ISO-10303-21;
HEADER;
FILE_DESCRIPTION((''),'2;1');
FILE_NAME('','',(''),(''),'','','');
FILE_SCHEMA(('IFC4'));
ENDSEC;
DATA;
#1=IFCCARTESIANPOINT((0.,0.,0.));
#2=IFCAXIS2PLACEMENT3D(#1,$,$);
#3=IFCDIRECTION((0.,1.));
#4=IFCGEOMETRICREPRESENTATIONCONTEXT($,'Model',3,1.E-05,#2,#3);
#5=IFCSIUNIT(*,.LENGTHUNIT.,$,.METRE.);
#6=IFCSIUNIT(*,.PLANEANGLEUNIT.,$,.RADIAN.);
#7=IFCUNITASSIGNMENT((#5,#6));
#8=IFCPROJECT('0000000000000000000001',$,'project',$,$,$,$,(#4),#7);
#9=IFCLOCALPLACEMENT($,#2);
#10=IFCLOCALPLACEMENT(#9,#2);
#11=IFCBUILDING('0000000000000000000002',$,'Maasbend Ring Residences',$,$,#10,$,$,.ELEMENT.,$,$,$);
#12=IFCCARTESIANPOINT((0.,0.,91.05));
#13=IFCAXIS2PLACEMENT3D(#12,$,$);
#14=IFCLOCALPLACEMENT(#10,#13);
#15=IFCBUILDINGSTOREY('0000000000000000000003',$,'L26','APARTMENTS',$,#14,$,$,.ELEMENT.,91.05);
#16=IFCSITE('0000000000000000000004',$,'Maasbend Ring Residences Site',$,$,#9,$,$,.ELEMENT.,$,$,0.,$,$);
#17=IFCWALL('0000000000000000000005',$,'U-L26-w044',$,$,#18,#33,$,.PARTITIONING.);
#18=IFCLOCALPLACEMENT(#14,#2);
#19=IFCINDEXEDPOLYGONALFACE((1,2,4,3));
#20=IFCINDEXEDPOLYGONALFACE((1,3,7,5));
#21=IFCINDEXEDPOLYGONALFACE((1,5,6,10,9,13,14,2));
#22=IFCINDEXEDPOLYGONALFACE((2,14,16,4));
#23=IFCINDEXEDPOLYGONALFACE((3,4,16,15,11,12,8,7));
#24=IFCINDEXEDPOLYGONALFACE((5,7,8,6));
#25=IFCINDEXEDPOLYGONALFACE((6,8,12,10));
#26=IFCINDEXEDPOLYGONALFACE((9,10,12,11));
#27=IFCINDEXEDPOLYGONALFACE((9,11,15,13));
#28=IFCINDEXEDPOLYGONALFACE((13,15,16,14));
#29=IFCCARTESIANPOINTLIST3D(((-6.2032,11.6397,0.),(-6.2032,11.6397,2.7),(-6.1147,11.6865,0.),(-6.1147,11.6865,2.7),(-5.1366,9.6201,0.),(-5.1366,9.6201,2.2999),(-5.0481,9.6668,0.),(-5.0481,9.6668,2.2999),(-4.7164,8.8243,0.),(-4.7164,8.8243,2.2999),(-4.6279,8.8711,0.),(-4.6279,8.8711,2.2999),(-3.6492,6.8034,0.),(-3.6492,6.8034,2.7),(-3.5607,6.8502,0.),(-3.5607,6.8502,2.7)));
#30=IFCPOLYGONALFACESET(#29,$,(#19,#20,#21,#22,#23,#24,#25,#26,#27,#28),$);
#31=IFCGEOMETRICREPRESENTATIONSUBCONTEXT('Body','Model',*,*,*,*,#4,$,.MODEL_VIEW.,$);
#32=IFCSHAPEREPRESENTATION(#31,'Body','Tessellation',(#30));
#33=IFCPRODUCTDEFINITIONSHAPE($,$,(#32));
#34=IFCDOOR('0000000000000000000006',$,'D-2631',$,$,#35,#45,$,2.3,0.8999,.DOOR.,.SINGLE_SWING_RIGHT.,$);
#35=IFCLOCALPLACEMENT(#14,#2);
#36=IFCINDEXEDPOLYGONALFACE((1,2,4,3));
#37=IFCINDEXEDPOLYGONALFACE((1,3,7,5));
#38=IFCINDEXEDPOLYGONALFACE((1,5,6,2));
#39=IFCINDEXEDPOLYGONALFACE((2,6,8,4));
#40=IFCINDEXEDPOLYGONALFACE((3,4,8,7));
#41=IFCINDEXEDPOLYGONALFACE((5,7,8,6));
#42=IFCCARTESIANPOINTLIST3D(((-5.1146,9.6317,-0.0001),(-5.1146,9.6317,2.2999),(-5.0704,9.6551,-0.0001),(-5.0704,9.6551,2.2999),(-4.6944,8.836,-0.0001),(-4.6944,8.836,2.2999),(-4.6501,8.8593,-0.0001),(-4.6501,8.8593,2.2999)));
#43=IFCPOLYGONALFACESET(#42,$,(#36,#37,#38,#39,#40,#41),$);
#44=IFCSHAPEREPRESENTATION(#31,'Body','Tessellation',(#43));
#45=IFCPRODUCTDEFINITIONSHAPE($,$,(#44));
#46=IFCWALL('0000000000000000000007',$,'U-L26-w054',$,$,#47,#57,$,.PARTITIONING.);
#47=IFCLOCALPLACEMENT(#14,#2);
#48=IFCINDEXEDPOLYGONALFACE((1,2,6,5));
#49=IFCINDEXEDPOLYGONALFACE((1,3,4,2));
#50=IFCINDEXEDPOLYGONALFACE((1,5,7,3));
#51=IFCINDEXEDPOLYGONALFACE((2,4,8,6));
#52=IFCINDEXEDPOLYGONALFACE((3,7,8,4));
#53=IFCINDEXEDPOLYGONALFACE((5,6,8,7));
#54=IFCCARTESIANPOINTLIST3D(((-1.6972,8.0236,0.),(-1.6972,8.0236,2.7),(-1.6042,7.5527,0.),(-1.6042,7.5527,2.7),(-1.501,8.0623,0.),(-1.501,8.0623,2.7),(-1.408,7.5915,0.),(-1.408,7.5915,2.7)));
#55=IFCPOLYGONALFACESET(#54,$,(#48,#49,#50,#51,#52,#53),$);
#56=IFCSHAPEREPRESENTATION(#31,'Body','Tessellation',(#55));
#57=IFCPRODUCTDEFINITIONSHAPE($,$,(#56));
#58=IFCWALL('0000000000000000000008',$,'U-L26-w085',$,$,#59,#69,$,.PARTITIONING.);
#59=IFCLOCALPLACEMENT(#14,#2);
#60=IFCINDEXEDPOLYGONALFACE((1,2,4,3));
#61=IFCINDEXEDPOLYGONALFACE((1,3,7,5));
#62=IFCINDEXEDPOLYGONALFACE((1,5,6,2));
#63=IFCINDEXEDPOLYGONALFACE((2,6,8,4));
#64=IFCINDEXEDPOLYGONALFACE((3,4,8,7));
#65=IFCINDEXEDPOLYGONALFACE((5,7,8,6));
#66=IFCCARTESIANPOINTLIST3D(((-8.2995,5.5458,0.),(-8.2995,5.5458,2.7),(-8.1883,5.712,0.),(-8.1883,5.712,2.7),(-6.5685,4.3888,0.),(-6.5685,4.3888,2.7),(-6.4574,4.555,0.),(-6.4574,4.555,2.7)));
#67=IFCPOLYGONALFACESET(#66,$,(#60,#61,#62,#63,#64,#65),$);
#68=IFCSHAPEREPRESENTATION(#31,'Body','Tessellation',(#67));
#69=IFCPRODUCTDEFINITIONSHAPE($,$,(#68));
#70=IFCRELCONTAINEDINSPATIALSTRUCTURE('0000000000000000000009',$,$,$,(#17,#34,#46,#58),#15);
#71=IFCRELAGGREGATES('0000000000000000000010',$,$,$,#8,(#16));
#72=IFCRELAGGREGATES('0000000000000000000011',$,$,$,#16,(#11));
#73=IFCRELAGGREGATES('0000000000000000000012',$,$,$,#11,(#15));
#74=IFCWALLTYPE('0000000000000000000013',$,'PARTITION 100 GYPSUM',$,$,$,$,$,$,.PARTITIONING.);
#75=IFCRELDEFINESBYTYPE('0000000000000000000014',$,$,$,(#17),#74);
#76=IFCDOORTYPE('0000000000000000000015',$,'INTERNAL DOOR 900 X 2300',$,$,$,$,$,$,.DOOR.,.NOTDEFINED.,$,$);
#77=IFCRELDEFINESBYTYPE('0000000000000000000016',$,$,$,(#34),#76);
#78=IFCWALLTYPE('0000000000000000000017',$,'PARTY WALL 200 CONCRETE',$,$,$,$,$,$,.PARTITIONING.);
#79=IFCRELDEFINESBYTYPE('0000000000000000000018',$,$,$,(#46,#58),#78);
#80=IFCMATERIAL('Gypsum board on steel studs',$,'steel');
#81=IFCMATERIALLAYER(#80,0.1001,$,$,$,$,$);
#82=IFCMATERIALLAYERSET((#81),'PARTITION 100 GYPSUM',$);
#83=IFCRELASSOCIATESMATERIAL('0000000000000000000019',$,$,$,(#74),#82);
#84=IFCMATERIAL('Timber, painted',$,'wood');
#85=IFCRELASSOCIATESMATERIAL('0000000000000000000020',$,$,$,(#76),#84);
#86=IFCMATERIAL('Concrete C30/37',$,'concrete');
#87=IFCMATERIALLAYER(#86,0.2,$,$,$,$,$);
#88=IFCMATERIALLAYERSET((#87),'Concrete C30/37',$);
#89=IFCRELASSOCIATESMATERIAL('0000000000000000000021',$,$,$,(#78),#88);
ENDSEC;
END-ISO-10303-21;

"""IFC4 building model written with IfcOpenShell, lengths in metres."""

from ifc_helpers import new_model, si_unit, direction, frame, frame_2d, origin, place, context, subcontext, project, spatial, rectangle, extrude, material, layer, layer_set, type_object, element, fill, save


model = new_model("IFC4")

# Units and contexts
model_context = context("Model", 3, precision=1e-05, world=origin(), true_north=direction((0.0, 1.0)))
body_context = subcontext(model_context, "Body", "Model", "MODEL_VIEW")
ifc_project = project(units=[si_unit("LENGTHUNIT", "METRE"), si_unit("PLANEANGLEUNIT", "RADIAN")], contexts=[model_context])

# Site, building, storey
site_placement = place(None, origin())
site = spatial("IfcSite", under=ifc_project, at=site_placement, Name="Maasbend Ring Residences Site", CompositionType="ELEMENT", RefElevation=0.0)
building_placement = place(site_placement, origin())
building = spatial("IfcBuilding", under=site, at=building_placement, Name="Maasbend Ring Residences", CompositionType="ELEMENT")
storey_placement = place(building_placement, frame((0.0, 0.0, 91.05)))
storey = spatial("IfcBuildingStorey", under=building, at=storey_placement, Name="L26", Description="APARTMENTS", CompositionType="ELEMENT", Elevation=91.05)

# Wall, opening, door
ifc_material_1 = material(Name="Gypsum board on steel studs", Category="steel")
ifc_layer_1 = layer(ifc_material_1, 0.1001)
ifc_layer_set_1 = layer_set([ifc_layer_1], Name="PARTITION 100 GYPSUM")
wall_type_1 = type_object("IfcWallType", Name="PARTITION 100 GYPSUM", PredefinedType="PARTITIONING", material=ifc_layer_set_1)
wall_1_placement = place(storey_placement, frame((-6.1589, 11.6631, 0.0), z_axis=(0.0, 0.0, 1.0), x_axis=(0.466977, -0.88427, 0.0)))
wall_1 = element("IfcWall", 1, at=wall_1_placement, inside=storey, type_object=wall_type_1, Name="U-L26-w044", PredefinedType="PARTITIONING", context=body_context, shape_type="SweptSolid", body=[
    extrude(rectangle(XDim=5.4692, YDim=0.1001, at=frame_2d((2.7346, 0.0))), origin(), (0.0, 0.0, 1.0), 2.7),
])
opening_placement = place(wall_1_placement, frame((2.2839, 0.0, 0.0)))
opening = element("IfcOpeningElement", 2, at=opening_placement, cuts=wall_1, PredefinedType="OPENING", context=body_context, shape_type="SweptSolid", body=[
    extrude(rectangle(XDim=0.8999, YDim=2.3, at=frame_2d((0.45, 1.1499))), frame((0.0, 0.0601, 0.0), z_axis=(0.0, -1.0, 0.0), x_axis=(1.0, 0.0, 0.0)), (0.0, 0.0, 1.0), 0.1201),
])
ifc_material_2 = material(Name="Timber, painted", Category="wood")
door_type = type_object("IfcDoorType", Name="INTERNAL DOOR 900 X 2300", OperationType="NOTDEFINED", PredefinedType="DOOR", material=ifc_material_2)
door_placement = place(opening_placement, origin())
door = element("IfcDoor", 3, at=door_placement, inside=storey, type_object=door_type, Name="D-2631", OperationType="SINGLE_SWING_RIGHT", OverallHeight=2.3, OverallWidth=0.8999, PredefinedType="DOOR", context=body_context, shape_type="SweptSolid", body=[
    extrude(rectangle(XDim=0.8999, YDim=2.3, at=frame_2d((0.45, 1.1499))), frame((0.0, 0.0249, 0.0), z_axis=(0.0, -1.0, 0.0), x_axis=(1.0, 0.0, 0.0)), (0.0, 0.0, 1.0), 0.05),
])
fill(opening, door)

# Walls
ifc_material_3 = material(Name="Concrete C30/37", Category="concrete")
ifc_layer_2 = layer(ifc_material_3, 0.2)
ifc_layer_set_2 = layer_set([ifc_layer_2], Name="Concrete C30/37")
wall_type_2 = type_object("IfcWallType", Name="PARTY WALL 200 CONCRETE", PredefinedType="PARTITIONING", material=ifc_layer_set_2)
wall_2_placement = place(storey_placement, frame((-1.5991, 8.043, 0.0), z_axis=(0.0, 0.0, 1.0), x_axis=(0.193768, -0.981047, 0.0)))
element("IfcWall", 4, at=wall_2_placement, inside=storey, type_object=wall_type_2, Name="U-L26-w054", PredefinedType="PARTITIONING", context=body_context, shape_type="SweptSolid", body=[
    extrude(rectangle(XDim=0.48, YDim=0.2, at=frame_2d((0.24, 0.0))), origin(), (0.0, 0.0, 1.0), 2.7),
])
wall_3_placement = place(storey_placement, frame((-6.5129, 4.4719, 0.0), z_axis=(0.0, 0.0, 1.0), x_axis=(-0.831382, 0.555701, 0.0)))
element("IfcWall", 5, at=wall_3_placement, inside=storey, type_object=wall_type_2, Name="U-L26-w085", PredefinedType="PARTITIONING", context=body_context, shape_type="SweptSolid", body=[
    extrude(rectangle(XDim=2.082, YDim=0.2, at=frame_2d((1.041, 0.0))), origin(), (0.0, 0.0, 1.0), 2.7),
])

save(model, "model.ifc")
